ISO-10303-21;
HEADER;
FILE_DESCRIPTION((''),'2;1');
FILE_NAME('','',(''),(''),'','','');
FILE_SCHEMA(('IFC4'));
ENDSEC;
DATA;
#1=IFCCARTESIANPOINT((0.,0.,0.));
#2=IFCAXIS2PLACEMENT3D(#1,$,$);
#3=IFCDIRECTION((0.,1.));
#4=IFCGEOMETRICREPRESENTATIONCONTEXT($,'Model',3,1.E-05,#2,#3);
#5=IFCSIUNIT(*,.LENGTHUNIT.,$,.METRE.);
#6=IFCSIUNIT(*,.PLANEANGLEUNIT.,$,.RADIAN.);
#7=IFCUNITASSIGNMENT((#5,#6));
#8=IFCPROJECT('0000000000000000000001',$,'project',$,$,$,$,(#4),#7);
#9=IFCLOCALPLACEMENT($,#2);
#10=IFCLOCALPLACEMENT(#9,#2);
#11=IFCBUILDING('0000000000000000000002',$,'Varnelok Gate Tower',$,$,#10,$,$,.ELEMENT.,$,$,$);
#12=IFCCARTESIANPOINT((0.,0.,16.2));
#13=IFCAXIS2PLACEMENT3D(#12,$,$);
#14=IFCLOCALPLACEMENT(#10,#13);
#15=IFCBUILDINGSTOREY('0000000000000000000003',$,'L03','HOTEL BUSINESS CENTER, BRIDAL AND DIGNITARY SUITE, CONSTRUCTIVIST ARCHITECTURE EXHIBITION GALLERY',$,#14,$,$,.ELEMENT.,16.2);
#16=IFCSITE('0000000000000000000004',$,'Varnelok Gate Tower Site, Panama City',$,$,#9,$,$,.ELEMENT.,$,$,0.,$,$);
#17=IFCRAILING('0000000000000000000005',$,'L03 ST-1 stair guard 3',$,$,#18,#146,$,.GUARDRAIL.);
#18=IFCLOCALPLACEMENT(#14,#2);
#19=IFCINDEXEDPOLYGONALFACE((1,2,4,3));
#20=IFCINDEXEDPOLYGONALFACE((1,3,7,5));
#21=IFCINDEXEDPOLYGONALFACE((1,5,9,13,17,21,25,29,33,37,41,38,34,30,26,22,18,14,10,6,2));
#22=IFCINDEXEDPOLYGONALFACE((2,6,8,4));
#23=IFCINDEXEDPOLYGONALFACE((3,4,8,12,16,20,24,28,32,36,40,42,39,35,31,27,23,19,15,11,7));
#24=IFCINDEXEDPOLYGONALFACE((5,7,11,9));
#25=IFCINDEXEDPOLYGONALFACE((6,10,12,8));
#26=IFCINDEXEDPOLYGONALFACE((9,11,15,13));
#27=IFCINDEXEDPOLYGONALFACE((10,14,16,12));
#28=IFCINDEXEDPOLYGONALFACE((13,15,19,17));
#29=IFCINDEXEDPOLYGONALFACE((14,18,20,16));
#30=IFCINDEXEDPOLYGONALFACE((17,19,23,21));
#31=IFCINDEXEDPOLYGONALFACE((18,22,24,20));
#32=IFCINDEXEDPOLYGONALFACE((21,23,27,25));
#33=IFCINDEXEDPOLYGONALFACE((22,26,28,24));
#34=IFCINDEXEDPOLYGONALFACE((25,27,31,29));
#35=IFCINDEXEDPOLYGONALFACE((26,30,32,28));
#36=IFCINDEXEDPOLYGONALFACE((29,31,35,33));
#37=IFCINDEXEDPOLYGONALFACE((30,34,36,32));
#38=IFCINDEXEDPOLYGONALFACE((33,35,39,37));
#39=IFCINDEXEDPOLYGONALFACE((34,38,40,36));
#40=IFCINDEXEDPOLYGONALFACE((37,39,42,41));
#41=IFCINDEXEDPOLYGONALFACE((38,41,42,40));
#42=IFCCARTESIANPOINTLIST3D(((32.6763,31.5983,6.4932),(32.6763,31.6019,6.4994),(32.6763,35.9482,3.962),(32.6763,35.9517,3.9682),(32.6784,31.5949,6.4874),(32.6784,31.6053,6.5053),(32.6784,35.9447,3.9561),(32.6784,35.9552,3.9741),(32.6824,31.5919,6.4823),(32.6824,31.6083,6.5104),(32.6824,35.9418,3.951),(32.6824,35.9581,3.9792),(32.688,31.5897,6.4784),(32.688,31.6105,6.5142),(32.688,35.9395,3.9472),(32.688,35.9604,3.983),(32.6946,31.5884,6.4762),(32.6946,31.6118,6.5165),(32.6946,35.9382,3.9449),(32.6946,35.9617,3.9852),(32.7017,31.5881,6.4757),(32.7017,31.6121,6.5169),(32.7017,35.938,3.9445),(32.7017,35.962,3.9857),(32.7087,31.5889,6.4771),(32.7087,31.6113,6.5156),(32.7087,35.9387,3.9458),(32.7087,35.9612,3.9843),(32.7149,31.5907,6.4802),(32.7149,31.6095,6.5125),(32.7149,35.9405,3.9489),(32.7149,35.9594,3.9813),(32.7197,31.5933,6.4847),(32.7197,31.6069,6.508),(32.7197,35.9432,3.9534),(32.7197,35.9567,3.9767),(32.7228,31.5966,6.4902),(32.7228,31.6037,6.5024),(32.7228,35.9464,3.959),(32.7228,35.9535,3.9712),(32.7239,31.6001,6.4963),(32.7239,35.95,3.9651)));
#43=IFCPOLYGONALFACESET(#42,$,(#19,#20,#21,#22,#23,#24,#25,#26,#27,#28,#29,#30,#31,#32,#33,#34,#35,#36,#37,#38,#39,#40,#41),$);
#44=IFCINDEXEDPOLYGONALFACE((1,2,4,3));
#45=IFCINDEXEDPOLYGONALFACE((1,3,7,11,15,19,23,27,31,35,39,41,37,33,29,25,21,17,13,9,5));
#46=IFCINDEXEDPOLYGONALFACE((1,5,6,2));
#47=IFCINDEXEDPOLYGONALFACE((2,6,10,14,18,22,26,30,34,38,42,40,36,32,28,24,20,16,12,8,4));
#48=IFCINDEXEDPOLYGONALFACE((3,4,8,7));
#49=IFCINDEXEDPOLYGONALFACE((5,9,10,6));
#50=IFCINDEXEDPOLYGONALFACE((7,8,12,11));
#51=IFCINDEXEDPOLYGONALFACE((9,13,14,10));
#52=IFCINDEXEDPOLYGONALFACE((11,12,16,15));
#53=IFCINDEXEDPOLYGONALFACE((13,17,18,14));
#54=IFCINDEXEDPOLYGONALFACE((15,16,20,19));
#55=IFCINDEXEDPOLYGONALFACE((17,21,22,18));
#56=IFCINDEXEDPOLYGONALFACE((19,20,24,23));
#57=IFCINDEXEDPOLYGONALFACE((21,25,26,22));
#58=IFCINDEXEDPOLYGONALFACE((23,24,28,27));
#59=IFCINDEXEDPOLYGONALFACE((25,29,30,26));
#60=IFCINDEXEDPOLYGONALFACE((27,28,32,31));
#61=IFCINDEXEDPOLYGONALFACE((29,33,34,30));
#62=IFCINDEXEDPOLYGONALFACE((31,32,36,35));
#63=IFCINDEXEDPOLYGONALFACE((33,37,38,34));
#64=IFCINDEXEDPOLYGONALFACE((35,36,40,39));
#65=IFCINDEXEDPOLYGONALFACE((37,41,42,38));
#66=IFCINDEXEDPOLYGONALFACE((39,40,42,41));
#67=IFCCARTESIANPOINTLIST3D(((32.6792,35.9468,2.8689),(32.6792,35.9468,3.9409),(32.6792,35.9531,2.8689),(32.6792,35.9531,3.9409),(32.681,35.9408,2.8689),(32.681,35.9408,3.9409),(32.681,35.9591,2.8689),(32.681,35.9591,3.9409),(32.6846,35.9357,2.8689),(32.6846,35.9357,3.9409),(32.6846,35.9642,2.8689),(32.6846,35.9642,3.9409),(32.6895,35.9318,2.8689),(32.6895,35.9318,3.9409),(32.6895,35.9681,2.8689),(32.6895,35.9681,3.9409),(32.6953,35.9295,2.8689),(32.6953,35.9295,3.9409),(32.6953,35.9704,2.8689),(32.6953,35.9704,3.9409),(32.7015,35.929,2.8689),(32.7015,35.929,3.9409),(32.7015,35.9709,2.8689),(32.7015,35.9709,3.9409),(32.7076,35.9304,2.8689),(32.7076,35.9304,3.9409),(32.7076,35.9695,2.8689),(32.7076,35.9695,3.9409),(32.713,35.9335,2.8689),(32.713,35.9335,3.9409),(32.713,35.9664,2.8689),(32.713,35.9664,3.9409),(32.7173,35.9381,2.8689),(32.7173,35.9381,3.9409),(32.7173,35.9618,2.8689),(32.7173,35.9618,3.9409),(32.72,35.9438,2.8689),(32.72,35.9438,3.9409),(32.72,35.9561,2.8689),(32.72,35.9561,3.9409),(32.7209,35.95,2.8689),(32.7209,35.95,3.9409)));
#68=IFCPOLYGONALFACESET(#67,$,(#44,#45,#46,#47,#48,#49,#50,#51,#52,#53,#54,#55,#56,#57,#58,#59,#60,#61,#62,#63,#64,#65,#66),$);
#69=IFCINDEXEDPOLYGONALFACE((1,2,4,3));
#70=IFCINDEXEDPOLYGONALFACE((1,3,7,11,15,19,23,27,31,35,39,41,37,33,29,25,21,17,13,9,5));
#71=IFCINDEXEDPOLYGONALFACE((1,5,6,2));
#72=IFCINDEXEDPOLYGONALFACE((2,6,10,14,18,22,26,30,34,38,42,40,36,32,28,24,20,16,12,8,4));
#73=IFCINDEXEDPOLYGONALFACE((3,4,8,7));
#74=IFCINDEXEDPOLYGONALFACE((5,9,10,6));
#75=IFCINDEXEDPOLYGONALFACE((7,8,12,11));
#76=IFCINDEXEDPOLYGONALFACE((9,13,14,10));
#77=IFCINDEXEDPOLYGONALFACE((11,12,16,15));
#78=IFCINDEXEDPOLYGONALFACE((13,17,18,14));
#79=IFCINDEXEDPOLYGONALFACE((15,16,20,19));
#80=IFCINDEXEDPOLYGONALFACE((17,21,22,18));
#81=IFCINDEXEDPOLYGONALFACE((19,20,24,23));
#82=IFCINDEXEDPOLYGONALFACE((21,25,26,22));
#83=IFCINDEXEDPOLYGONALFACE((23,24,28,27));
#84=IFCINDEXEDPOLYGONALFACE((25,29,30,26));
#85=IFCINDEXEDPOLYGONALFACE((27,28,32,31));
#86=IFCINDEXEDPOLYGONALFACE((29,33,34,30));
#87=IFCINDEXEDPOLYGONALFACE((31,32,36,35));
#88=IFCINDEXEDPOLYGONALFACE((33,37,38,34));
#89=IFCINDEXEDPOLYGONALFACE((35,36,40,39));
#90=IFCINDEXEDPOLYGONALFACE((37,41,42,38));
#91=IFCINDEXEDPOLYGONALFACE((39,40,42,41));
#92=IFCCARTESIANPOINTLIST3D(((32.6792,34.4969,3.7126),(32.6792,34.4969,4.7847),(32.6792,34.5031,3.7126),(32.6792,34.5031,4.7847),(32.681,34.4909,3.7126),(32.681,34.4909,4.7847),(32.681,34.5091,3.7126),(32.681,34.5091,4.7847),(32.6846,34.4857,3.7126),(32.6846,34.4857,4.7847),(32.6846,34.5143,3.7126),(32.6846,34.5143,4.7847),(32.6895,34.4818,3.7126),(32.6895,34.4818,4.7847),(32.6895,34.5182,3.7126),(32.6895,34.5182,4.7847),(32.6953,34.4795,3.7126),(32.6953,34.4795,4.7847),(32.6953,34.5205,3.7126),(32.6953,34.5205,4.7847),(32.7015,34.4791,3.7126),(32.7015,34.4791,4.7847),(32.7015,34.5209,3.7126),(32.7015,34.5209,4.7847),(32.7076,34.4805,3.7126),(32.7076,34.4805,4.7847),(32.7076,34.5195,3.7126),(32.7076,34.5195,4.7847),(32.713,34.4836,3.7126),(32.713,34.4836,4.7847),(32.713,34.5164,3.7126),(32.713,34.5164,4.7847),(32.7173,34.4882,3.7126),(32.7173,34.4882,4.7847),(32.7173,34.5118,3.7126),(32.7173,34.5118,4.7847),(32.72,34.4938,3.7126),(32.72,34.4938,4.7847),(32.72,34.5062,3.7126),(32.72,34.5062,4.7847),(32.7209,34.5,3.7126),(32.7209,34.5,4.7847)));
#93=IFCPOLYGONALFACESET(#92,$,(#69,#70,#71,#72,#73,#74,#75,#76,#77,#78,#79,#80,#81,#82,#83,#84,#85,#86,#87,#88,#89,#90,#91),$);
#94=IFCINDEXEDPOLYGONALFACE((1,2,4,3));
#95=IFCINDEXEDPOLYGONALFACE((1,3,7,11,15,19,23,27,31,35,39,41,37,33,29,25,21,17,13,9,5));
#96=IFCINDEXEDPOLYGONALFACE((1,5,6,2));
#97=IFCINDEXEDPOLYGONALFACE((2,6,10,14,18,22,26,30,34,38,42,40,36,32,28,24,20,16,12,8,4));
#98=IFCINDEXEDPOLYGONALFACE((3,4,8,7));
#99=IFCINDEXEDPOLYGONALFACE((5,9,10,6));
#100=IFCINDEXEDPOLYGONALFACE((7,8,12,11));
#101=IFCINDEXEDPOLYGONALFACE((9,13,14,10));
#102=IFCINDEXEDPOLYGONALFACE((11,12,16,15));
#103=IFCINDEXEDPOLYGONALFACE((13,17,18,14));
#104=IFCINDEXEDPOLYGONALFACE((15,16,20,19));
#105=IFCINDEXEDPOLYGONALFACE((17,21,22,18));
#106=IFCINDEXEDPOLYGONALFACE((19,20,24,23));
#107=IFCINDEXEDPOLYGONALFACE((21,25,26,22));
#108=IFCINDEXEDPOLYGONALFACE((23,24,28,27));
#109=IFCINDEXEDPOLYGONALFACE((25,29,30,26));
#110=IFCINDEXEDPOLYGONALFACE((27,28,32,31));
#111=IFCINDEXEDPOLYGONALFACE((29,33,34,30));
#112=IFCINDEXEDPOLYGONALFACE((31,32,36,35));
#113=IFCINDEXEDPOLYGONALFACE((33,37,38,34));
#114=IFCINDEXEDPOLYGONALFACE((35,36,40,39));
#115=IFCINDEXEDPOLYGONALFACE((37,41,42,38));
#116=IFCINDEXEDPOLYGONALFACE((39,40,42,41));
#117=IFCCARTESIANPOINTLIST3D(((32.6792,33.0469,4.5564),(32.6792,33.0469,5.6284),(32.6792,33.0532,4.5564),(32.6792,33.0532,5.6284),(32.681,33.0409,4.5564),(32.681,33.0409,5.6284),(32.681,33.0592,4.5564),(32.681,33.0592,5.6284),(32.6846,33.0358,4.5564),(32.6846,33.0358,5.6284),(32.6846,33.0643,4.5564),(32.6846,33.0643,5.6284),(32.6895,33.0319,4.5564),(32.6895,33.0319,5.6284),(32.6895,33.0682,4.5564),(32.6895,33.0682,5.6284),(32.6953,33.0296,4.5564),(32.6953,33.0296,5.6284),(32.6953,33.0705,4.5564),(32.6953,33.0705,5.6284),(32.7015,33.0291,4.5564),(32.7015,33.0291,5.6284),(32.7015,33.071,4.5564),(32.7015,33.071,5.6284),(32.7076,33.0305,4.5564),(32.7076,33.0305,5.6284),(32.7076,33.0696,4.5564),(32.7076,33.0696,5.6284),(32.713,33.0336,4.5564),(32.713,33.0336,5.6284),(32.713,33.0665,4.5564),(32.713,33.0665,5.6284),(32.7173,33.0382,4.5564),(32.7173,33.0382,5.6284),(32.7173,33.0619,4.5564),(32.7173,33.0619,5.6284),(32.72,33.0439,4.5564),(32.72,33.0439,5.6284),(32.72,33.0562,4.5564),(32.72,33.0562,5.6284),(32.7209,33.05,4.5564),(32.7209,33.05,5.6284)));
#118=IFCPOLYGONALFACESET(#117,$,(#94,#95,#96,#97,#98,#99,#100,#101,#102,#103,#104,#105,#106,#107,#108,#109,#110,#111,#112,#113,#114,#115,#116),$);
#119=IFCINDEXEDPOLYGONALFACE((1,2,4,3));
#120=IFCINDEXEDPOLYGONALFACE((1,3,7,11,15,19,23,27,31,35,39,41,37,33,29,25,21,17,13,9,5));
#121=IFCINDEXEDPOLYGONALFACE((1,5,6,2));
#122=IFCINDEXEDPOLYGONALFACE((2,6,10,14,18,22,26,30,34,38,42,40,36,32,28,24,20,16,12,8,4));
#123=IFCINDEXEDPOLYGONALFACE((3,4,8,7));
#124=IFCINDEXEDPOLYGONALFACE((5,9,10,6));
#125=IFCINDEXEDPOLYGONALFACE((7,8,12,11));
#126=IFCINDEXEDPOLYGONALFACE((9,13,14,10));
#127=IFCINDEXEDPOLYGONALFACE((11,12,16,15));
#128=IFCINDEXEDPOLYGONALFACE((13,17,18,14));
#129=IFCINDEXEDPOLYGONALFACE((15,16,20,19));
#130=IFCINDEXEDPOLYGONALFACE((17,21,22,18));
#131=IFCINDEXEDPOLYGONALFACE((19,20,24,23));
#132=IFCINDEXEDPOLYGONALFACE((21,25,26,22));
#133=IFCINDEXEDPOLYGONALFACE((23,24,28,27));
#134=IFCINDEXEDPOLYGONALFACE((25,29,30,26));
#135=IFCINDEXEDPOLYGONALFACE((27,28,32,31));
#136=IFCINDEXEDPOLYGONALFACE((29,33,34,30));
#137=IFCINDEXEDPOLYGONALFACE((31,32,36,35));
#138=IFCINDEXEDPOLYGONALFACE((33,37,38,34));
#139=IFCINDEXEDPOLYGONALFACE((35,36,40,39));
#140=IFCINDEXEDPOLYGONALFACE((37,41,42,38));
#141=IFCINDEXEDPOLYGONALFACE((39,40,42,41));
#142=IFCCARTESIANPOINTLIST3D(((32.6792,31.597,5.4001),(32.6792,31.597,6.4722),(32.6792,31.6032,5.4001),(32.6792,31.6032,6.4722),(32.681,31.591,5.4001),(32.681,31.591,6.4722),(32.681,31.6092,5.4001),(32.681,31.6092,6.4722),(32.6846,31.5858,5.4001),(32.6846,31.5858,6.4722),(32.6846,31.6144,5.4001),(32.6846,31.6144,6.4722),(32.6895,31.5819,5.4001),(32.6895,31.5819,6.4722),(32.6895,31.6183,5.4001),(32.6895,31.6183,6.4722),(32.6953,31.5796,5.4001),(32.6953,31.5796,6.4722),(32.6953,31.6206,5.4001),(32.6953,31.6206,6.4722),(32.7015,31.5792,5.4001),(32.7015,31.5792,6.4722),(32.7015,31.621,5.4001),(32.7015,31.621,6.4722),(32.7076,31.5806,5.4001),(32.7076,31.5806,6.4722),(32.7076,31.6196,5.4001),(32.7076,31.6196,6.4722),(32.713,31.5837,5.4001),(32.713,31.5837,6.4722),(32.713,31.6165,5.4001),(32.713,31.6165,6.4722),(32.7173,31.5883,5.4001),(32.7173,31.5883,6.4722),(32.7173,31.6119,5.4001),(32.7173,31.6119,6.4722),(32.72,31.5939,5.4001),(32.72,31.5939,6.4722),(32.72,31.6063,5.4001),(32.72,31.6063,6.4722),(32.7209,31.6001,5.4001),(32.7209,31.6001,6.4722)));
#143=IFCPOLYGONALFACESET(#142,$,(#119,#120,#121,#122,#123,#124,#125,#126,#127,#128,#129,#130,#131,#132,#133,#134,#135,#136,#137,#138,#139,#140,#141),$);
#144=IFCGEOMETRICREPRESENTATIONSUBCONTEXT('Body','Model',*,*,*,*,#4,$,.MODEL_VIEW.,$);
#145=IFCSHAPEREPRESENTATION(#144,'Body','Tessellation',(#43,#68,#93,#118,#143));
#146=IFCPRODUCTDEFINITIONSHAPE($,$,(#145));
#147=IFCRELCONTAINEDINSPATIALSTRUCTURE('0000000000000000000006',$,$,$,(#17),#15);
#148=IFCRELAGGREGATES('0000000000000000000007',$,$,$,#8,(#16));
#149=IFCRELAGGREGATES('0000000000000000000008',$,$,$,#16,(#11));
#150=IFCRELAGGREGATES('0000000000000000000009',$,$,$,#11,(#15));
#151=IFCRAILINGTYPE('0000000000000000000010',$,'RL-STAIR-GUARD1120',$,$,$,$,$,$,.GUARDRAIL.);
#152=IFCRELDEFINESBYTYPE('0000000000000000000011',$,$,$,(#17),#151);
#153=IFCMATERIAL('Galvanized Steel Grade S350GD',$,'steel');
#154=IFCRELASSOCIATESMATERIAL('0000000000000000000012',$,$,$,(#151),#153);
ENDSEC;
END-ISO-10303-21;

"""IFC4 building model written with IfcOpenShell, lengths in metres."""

from ifc_helpers import new_model, si_unit, direction, frame, origin, origin_2d, place, context, subcontext, project, spatial, circle, extrude, material, type_object, element, save


model = new_model("IFC4")

# Units and contexts
model_context = context("Model", 3, precision=1e-05, world=origin(), true_north=direction((0.0, 1.0)))
body_context = subcontext(model_context, "Body", "Model", "MODEL_VIEW")
ifc_project = project(units=[si_unit("LENGTHUNIT", "METRE"), si_unit("PLANEANGLEUNIT", "RADIAN")], contexts=[model_context])

# Site, building, storey
site_placement = place(None, origin())
site = spatial("IfcSite", under=ifc_project, at=site_placement, Name="Varnelok Gate Tower Site, Panama City", CompositionType="ELEMENT", RefElevation=0.0)
building_placement = place(site_placement, origin())
building = spatial("IfcBuilding", under=site, at=building_placement, Name="Varnelok Gate Tower", CompositionType="ELEMENT")
storey_placement = place(building_placement, frame((0.0, 0.0, 16.2)))
storey = spatial("IfcBuildingStorey", under=building, at=storey_placement, Name="L03", Description="HOTEL BUSINESS CENTER, BRIDAL AND DIGNITARY SUITE, CONSTRUCTIVIST ARCHITECTURE EXHIBITION GALLERY", CompositionType="ELEMENT", Elevation=16.2)

# Railing
ifc_material_1 = material(Name="Galvanized Steel Grade S350GD", Category="steel")
railing_type_1 = type_object("IfcRailingType", Name="RL-STAIR-GUARD1120", PredefinedType="GUARDRAIL", material=ifc_material_1)
railing_1_placement = place(storey_placement, frame((32.7, 35.95, 2.8689)))
element("IfcRailing", 1, at=railing_1_placement, inside=storey, type_object=railing_type_1, Name="L03 ST-1 stair guard 3", PredefinedType="GUARDRAIL", context=body_context, shape_type="SweptSolid", body=[
    extrude(circle(Radius=0.0239, at=origin_2d()), frame((0.0, 0.0, 1.0962), z_axis=(0.0, -0.864312, 0.502957), x_axis=(1.0, 0.0, 0.0)), (0.0, 0.0, 1.0), 5.0327),
    extrude(circle(Radius=0.021, at=origin_2d()), origin(), (0.0, 0.0, 1.0), 1.072),
    extrude(circle(Radius=0.021, at=origin_2d()), frame((0.0, -1.45, 0.8438)), (0.0, 0.0, 1.0), 1.072),
    extrude(circle(Radius=0.021, at=origin_2d()), frame((0.0, -2.8999, 1.6875)), (0.0, 0.0, 1.0), 1.072),
    extrude(circle(Radius=0.021, at=origin_2d()), frame((0.0, -4.3499, 2.5312)), (0.0, 0.0, 1.0), 1.072),
])

save(model, "model.ifc")
